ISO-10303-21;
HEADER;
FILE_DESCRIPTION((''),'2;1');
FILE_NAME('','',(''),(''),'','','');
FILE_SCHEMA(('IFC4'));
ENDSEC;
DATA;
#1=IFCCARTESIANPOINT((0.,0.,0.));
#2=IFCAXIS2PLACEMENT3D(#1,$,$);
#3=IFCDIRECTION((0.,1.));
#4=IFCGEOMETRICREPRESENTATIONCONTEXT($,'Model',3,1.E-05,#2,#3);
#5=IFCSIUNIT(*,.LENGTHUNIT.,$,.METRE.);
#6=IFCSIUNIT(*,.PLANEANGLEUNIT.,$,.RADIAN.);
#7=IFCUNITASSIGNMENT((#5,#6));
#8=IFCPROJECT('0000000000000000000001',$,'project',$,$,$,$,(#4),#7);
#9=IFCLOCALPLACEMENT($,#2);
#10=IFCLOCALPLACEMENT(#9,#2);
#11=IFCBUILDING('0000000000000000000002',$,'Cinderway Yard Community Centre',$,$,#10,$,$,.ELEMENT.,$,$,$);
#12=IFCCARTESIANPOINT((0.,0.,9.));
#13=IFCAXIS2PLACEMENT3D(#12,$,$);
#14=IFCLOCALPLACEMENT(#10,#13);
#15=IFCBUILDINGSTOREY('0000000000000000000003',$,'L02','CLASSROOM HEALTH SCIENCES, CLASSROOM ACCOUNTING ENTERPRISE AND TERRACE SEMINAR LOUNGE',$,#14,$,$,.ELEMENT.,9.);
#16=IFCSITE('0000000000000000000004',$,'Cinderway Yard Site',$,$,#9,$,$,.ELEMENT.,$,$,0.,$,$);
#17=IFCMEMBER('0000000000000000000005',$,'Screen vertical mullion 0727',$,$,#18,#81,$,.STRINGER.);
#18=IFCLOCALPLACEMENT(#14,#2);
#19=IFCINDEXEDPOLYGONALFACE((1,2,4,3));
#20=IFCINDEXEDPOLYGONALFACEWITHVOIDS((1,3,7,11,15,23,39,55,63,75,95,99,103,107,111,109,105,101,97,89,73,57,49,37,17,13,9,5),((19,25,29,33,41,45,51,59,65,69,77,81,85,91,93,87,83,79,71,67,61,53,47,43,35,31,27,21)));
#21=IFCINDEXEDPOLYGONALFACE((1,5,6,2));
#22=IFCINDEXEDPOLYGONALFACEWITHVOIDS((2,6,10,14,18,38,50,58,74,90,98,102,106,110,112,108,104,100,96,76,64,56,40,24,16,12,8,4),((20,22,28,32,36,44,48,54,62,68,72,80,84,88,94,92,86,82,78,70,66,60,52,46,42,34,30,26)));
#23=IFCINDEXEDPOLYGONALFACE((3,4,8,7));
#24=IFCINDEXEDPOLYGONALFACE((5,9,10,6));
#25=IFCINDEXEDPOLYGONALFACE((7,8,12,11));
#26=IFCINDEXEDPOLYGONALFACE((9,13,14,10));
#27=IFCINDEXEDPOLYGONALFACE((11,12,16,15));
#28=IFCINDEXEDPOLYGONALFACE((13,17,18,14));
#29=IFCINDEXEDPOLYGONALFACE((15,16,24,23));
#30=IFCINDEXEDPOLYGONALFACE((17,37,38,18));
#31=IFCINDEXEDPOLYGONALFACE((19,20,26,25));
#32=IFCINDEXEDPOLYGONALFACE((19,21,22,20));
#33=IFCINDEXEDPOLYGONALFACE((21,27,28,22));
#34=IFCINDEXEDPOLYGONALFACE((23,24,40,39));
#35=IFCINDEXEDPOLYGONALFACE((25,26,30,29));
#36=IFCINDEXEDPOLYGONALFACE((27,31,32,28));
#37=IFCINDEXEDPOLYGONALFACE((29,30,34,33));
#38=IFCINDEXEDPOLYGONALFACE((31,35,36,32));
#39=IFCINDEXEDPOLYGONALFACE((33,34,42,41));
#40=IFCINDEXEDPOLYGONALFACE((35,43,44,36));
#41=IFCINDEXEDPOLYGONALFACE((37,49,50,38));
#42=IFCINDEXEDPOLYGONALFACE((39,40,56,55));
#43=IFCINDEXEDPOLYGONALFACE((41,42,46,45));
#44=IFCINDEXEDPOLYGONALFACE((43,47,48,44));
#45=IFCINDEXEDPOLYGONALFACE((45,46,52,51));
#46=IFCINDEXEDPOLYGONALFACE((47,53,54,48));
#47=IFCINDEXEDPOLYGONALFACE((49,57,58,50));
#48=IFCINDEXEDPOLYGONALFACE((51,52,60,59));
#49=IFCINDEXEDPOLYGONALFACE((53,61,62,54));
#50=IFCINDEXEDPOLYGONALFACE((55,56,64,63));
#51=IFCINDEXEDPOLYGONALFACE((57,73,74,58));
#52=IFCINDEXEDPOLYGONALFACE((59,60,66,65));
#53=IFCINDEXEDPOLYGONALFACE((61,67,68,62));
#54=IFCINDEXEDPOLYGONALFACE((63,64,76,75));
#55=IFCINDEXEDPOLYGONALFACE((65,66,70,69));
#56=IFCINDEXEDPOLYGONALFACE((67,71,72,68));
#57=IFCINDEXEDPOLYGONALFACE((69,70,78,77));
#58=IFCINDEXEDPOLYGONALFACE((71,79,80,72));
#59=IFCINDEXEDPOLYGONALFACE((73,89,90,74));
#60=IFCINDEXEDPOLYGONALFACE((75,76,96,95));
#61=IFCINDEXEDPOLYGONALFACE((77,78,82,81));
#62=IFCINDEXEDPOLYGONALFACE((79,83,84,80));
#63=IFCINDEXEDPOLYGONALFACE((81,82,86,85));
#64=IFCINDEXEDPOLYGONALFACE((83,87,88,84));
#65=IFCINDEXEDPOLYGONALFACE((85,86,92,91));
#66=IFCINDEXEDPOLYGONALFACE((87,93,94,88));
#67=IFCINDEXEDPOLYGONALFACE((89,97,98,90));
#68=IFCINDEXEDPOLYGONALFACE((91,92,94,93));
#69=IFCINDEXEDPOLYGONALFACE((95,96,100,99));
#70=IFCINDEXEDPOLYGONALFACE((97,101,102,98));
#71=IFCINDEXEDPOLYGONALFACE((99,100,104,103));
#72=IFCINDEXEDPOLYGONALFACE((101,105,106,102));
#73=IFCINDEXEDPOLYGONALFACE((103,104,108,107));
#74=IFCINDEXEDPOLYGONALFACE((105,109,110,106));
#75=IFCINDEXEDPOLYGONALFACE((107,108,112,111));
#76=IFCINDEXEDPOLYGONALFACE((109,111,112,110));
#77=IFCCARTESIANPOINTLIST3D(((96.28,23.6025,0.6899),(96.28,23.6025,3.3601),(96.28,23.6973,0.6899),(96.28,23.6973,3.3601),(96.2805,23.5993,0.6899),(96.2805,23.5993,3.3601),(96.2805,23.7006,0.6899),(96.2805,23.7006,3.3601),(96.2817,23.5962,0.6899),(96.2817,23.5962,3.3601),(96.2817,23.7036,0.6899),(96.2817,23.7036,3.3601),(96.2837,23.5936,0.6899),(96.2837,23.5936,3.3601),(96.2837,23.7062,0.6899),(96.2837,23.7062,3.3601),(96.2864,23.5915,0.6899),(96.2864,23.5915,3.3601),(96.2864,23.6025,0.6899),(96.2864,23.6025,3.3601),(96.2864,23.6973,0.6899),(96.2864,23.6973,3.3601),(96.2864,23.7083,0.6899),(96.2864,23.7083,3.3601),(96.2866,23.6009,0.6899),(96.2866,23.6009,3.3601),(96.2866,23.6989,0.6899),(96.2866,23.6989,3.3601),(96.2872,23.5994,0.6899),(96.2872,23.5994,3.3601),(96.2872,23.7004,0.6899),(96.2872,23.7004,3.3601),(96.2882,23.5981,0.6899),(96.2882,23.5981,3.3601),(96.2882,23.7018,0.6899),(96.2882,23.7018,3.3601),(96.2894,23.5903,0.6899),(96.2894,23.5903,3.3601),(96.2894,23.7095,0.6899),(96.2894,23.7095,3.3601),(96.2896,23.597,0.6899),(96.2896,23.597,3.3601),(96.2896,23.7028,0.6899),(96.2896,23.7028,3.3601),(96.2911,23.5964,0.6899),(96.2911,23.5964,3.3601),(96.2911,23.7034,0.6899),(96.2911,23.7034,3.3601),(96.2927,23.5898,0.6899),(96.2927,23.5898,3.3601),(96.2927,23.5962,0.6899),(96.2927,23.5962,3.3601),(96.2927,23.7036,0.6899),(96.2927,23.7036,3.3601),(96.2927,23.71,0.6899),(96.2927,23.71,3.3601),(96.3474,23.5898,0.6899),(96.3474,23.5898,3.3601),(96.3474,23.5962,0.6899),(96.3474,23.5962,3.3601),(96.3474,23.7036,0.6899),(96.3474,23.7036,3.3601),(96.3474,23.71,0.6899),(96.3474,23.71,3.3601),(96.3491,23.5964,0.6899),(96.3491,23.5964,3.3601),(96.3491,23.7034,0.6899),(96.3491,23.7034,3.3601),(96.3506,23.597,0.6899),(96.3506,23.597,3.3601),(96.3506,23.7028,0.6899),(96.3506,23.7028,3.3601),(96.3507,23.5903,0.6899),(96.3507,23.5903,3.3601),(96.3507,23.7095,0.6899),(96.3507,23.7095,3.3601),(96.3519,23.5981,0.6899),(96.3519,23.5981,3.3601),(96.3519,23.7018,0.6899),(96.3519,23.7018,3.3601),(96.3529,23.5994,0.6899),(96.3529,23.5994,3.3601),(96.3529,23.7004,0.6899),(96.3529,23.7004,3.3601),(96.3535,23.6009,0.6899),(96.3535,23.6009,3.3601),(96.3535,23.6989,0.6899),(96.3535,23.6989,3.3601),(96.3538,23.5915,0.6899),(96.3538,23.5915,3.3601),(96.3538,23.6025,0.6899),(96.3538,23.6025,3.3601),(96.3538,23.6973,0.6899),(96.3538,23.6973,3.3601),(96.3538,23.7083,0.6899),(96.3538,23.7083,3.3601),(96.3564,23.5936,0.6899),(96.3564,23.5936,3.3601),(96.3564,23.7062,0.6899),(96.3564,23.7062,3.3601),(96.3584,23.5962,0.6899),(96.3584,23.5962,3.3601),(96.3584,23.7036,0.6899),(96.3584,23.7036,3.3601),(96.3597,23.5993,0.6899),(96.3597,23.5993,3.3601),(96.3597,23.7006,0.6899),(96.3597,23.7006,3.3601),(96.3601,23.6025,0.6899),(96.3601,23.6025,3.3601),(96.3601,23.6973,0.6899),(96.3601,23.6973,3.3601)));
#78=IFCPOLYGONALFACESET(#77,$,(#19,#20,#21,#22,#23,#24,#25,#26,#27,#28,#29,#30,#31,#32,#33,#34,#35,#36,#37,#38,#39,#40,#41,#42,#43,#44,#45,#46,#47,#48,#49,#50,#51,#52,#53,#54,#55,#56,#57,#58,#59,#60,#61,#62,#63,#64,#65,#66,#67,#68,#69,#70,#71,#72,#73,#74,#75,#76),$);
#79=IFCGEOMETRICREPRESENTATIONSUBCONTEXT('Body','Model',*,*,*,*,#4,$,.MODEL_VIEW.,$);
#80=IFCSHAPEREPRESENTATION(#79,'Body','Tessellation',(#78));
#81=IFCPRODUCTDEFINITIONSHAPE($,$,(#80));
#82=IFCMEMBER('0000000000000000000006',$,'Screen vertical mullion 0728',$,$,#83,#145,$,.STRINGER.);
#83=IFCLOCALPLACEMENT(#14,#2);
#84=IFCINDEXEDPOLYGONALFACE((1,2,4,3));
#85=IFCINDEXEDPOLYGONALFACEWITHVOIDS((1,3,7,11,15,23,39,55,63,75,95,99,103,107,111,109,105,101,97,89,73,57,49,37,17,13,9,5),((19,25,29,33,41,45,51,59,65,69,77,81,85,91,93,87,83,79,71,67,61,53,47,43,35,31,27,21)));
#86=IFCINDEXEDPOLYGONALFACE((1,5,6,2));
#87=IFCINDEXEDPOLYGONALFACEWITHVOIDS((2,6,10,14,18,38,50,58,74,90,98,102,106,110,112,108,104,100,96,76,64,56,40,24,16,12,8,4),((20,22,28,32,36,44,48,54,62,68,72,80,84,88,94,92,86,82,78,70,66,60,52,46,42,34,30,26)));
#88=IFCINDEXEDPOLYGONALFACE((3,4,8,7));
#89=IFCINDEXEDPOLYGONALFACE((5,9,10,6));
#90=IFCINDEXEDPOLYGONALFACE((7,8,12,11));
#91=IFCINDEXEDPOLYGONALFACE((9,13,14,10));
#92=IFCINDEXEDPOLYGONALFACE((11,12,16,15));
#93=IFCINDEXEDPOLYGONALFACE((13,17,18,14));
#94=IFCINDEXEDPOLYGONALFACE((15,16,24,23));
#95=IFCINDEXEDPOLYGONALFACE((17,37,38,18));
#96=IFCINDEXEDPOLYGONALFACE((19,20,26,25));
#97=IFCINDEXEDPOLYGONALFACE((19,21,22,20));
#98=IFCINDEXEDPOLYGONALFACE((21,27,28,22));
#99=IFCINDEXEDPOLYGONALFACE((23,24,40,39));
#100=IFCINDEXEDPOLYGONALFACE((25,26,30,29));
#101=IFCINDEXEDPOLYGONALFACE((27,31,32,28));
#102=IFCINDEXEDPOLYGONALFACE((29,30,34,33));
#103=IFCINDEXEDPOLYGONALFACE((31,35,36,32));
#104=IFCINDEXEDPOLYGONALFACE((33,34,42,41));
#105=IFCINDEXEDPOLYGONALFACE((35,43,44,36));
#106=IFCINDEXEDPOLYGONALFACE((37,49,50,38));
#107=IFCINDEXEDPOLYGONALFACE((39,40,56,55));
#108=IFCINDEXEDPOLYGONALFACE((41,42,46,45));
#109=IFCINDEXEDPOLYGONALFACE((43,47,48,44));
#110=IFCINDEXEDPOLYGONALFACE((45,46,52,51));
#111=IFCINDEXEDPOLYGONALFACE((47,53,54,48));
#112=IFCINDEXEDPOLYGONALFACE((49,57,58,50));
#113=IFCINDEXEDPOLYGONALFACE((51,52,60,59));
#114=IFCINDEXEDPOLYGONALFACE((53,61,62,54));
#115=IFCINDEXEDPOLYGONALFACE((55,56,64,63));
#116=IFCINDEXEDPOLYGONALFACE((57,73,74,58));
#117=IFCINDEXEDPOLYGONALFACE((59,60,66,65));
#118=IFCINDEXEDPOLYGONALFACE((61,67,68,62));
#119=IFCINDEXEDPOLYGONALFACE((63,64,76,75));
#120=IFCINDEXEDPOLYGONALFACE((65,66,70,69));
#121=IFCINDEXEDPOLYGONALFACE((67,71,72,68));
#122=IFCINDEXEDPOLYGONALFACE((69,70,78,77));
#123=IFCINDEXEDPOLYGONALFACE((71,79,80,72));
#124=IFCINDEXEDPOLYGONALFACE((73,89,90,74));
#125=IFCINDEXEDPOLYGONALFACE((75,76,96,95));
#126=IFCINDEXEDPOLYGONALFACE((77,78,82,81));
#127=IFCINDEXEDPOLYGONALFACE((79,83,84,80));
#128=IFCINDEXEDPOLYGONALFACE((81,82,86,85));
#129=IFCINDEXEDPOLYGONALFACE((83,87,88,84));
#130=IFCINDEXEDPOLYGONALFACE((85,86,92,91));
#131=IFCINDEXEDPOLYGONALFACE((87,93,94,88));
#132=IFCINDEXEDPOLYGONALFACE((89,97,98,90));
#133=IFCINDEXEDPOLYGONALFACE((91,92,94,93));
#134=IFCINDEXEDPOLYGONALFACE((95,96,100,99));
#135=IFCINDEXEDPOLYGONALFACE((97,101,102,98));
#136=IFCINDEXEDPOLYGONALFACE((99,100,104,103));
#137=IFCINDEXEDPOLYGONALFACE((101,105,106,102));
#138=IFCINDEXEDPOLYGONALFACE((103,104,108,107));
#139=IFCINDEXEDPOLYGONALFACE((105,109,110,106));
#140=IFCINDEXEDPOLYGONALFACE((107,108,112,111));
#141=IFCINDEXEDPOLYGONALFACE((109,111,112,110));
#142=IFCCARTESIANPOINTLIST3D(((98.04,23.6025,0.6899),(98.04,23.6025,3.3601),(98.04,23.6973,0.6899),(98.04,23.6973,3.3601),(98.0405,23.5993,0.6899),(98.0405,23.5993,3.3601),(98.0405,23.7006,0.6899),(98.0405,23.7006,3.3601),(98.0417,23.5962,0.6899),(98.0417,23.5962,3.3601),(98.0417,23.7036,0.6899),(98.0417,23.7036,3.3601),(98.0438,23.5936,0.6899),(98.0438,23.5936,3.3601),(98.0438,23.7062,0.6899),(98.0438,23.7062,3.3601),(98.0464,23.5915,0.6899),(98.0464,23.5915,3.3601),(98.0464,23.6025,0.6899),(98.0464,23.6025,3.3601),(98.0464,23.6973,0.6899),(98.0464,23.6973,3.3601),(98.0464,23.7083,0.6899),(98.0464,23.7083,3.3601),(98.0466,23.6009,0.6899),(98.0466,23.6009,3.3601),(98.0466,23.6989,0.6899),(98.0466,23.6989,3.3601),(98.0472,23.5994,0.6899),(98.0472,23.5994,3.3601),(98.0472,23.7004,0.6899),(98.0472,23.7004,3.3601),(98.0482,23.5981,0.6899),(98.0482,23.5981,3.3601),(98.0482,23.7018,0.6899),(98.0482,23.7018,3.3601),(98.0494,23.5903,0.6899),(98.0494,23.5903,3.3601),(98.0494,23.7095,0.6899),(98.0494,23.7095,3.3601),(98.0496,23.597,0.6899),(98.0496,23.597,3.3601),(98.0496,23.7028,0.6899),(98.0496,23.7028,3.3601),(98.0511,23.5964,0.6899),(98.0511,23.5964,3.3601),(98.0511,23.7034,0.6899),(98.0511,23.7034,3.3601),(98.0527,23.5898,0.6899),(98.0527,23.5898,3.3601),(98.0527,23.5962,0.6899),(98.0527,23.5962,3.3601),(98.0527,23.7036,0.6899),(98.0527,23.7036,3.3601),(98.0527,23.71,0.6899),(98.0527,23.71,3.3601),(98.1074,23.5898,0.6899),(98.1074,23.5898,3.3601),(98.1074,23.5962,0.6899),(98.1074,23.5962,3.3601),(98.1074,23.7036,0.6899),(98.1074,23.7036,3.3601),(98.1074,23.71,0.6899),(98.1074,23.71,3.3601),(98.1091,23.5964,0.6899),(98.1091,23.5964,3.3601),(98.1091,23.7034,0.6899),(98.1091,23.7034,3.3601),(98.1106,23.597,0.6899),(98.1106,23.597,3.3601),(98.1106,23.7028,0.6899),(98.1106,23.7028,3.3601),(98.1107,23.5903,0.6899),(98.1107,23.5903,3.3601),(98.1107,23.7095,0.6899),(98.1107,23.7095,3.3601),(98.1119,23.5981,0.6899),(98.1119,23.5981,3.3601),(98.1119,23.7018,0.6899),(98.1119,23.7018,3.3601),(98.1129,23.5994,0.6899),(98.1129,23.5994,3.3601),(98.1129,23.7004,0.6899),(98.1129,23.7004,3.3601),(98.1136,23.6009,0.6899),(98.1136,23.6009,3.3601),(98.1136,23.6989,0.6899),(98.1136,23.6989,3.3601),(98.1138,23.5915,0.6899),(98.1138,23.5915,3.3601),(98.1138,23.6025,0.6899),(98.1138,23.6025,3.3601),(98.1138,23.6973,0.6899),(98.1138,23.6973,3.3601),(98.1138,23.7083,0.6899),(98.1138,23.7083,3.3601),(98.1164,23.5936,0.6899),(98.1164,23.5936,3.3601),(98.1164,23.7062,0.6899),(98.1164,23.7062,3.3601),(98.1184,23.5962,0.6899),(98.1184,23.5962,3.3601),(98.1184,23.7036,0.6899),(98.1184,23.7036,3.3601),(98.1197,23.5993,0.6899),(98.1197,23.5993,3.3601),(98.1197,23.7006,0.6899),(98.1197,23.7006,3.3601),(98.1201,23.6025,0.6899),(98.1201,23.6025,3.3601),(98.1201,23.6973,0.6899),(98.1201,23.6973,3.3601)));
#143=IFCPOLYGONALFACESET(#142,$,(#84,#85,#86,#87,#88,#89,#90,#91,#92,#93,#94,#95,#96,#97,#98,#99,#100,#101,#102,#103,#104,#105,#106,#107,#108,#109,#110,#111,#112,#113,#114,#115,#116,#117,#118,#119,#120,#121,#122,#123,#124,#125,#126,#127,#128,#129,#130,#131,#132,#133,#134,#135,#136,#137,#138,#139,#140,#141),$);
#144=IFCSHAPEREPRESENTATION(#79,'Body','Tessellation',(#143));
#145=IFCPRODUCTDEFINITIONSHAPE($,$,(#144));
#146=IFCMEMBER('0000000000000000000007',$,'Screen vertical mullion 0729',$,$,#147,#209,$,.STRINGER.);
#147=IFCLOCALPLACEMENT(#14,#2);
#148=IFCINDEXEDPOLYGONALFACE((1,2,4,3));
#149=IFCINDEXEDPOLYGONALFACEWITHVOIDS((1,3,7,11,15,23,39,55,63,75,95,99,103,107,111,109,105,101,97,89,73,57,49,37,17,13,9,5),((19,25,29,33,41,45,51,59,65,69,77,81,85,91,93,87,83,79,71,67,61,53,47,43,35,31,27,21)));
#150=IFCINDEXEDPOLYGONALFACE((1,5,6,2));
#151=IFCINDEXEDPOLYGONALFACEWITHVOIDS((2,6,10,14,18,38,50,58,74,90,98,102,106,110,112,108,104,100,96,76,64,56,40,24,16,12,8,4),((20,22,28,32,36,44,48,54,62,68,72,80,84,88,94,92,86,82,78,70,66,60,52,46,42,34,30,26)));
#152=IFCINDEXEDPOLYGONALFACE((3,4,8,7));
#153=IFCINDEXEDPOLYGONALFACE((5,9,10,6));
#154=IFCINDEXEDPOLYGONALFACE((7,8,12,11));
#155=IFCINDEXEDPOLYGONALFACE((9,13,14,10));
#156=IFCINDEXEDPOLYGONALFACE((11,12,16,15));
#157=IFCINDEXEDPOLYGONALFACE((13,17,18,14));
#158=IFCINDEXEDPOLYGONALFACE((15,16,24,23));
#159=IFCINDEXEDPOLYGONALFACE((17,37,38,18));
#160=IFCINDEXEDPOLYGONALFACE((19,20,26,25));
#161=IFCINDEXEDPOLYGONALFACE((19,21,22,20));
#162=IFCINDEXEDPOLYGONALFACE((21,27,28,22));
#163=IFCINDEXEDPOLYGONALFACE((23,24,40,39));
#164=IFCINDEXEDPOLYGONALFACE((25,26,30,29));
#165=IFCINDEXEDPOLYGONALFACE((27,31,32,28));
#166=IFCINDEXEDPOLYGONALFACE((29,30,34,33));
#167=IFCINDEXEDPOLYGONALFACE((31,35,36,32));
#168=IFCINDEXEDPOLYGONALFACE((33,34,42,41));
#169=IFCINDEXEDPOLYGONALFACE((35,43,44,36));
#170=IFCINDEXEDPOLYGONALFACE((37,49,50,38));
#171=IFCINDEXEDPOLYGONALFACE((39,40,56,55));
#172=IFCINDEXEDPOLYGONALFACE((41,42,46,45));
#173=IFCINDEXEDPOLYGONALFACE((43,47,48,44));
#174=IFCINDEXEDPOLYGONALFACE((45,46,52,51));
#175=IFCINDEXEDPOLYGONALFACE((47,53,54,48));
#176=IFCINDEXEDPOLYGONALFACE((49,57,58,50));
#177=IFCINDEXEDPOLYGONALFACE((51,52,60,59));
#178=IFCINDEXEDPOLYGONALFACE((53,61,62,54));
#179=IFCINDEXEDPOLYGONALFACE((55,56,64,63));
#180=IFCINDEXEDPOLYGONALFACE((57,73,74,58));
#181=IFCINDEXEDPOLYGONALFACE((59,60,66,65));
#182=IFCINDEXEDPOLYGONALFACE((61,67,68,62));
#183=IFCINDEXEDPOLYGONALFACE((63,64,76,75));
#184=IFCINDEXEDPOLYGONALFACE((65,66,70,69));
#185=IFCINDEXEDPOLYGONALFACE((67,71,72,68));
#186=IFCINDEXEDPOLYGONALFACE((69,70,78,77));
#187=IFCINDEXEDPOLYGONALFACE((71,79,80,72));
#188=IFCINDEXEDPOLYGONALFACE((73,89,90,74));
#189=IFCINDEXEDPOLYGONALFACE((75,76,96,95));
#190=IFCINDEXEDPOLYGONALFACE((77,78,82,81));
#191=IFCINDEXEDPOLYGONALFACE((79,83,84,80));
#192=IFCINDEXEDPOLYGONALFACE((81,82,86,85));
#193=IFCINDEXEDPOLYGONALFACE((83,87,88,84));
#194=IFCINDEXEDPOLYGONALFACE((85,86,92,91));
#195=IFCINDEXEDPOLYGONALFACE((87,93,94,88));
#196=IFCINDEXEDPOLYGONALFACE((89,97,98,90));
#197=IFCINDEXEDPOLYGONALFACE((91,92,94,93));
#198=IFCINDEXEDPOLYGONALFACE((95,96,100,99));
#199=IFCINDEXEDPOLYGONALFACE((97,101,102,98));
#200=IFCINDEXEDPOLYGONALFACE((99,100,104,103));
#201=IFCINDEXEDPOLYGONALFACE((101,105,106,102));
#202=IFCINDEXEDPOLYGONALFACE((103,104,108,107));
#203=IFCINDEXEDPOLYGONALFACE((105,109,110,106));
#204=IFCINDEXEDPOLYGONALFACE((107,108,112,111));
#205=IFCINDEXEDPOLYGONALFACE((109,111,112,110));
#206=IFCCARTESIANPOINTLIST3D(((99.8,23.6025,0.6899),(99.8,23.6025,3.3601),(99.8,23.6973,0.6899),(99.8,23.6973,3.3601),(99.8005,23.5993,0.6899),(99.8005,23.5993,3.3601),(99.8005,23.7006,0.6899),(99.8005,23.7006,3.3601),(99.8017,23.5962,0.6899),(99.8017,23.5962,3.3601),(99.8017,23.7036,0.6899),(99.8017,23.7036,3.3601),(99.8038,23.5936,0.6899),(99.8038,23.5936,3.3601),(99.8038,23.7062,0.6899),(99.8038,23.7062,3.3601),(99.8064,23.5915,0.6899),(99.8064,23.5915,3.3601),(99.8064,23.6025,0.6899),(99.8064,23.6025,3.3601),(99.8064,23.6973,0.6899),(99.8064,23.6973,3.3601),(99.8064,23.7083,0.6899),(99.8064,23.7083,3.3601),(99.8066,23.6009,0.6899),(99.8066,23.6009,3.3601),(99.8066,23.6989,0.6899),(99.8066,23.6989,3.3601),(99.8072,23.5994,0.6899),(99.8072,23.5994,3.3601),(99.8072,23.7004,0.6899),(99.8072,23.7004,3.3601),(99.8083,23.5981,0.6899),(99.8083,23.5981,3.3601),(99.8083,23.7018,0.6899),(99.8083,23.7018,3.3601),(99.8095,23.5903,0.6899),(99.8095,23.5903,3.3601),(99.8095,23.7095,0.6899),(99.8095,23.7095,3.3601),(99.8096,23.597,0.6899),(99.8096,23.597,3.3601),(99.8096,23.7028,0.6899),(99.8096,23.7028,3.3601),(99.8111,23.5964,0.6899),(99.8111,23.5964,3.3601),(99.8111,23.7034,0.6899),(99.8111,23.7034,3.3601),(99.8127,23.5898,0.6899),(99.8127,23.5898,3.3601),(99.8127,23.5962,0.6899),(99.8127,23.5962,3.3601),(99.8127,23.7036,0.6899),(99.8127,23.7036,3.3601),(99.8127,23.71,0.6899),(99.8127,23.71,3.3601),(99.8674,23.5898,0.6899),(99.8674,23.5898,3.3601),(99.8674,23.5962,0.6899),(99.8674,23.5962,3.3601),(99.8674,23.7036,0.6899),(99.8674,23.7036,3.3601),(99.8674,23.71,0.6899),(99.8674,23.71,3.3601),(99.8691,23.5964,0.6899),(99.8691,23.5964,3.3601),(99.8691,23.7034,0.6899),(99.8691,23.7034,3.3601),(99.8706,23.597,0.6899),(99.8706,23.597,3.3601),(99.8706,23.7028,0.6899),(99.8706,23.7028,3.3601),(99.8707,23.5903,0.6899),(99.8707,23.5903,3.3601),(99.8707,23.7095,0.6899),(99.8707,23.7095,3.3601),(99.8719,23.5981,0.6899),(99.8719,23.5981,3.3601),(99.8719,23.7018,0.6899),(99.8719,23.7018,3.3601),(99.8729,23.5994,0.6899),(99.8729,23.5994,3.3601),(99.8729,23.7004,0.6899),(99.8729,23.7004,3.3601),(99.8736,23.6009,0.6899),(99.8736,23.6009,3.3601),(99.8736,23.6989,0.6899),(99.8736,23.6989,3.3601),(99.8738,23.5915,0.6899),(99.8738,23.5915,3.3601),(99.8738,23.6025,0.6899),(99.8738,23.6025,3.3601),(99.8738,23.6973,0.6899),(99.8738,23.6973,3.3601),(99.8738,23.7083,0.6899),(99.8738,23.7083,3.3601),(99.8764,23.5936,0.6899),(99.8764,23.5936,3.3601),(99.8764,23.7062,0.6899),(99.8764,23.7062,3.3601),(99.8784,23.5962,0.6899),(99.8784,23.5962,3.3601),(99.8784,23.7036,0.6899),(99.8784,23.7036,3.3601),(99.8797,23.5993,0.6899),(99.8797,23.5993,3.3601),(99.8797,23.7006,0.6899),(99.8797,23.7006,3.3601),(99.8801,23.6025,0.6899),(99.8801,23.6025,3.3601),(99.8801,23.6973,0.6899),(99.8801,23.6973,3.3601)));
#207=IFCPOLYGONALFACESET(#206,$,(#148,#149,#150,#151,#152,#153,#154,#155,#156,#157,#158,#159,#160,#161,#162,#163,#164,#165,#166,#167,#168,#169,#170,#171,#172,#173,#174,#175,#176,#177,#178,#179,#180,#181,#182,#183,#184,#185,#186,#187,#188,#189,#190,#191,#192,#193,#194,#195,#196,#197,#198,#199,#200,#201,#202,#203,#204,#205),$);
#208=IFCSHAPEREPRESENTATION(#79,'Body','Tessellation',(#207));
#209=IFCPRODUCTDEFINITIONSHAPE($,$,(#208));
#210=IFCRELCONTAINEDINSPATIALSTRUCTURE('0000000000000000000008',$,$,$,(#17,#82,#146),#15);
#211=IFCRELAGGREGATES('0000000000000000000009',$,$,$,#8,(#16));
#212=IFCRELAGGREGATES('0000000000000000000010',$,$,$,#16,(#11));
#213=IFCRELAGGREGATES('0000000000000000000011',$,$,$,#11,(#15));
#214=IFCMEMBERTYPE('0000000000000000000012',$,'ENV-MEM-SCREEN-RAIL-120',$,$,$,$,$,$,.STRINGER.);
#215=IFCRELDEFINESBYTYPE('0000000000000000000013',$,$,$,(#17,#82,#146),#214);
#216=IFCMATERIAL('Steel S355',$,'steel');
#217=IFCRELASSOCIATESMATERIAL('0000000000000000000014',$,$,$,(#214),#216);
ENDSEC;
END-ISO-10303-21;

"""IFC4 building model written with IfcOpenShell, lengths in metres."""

from ifc_helpers import new_model, si_unit, direction, frame, origin, origin_2d, place, context, subcontext, project, spatial, hollow_rectangle, extrude, material, material_profile, profile_set, type_object, element, save


model = new_model("IFC4")

# Units and contexts
model_context = context("Model", 3, precision=1e-05, world=origin(), true_north=direction((0.0, 1.0)))
body_context = subcontext(model_context, "Body", "Model", "MODEL_VIEW")
ifc_project = project(units=[si_unit("LENGTHUNIT", "METRE"), si_unit("PLANEANGLEUNIT", "RADIAN")], contexts=[model_context])

# Site, building, storey
site_placement = place(None, origin())
site = spatial("IfcSite", under=ifc_project, at=site_placement, Name="Cinderway Yard Site", CompositionType="ELEMENT", RefElevation=0.0)
building_placement = place(site_placement, origin())
building = spatial("IfcBuilding", under=site, at=building_placement, Name="Cinderway Yard Community Centre", CompositionType="ELEMENT")
storey_placement = place(building_placement, frame((0.0, 0.0, 9.0)))
storey = spatial("IfcBuildingStorey", under=building, at=storey_placement, Name="L02", Description="CLASSROOM HEALTH SCIENCES, CLASSROOM ACCOUNTING ENTERPRISE AND TERRACE SEMINAR LOUNGE", CompositionType="ELEMENT", Elevation=9.0)

# Members
ifc_material_1 = material(Name="Steel S355", Category="steel")
ifc_material_profile_1 = material_profile(ifc_material_1, hollow_rectangle(XDim=0.0801, YDim=0.1201, WallThickness=0.0063, InnerFilletRadius=0.0063, OuterFilletRadius=0.0127, at=origin_2d()), Name="Steel S355")
ifc_profile_set_1 = profile_set([ifc_material_profile_1], Name="Steel S355")
member_type_1 = type_object("IfcMemberType", Name="ENV-MEM-SCREEN-RAIL-120", PredefinedType="STRINGER", material=ifc_profile_set_1)
for number, where, z_axis, x_axis, name in (
    (1, (96.3201, 23.6499, 0.6899), (0.0, 0.0, 1.0), (1.0, 0.0, 0.0), "Screen vertical mullion 0727"),
    (2, (98.0801, 23.6499, 0.6899), (0.0, 0.0, 1.0), (1.0, 0.0, 0.0), "Screen vertical mullion 0728"),
    (3, (99.8401, 23.6499, 0.6899), (0.0, 0.0, 1.0), (1.0, 0.0, 0.0), "Screen vertical mullion 0729"),
):
    element("IfcMember", number, at=place(storey_placement, frame(where, z_axis=z_axis, x_axis=x_axis)), inside=storey, type_object=member_type_1, Name=name, PredefinedType="STRINGER", context=body_context, shape_type="SweptSolid", body=[
        extrude(hollow_rectangle(XDim=0.0801, YDim=0.1201, WallThickness=0.0063, InnerFilletRadius=0.0063, OuterFilletRadius=0.0127, at=origin_2d()), origin(), (0.0, 0.0, 1.0), 2.6702),
    ])

save(model, "model.ifc")
